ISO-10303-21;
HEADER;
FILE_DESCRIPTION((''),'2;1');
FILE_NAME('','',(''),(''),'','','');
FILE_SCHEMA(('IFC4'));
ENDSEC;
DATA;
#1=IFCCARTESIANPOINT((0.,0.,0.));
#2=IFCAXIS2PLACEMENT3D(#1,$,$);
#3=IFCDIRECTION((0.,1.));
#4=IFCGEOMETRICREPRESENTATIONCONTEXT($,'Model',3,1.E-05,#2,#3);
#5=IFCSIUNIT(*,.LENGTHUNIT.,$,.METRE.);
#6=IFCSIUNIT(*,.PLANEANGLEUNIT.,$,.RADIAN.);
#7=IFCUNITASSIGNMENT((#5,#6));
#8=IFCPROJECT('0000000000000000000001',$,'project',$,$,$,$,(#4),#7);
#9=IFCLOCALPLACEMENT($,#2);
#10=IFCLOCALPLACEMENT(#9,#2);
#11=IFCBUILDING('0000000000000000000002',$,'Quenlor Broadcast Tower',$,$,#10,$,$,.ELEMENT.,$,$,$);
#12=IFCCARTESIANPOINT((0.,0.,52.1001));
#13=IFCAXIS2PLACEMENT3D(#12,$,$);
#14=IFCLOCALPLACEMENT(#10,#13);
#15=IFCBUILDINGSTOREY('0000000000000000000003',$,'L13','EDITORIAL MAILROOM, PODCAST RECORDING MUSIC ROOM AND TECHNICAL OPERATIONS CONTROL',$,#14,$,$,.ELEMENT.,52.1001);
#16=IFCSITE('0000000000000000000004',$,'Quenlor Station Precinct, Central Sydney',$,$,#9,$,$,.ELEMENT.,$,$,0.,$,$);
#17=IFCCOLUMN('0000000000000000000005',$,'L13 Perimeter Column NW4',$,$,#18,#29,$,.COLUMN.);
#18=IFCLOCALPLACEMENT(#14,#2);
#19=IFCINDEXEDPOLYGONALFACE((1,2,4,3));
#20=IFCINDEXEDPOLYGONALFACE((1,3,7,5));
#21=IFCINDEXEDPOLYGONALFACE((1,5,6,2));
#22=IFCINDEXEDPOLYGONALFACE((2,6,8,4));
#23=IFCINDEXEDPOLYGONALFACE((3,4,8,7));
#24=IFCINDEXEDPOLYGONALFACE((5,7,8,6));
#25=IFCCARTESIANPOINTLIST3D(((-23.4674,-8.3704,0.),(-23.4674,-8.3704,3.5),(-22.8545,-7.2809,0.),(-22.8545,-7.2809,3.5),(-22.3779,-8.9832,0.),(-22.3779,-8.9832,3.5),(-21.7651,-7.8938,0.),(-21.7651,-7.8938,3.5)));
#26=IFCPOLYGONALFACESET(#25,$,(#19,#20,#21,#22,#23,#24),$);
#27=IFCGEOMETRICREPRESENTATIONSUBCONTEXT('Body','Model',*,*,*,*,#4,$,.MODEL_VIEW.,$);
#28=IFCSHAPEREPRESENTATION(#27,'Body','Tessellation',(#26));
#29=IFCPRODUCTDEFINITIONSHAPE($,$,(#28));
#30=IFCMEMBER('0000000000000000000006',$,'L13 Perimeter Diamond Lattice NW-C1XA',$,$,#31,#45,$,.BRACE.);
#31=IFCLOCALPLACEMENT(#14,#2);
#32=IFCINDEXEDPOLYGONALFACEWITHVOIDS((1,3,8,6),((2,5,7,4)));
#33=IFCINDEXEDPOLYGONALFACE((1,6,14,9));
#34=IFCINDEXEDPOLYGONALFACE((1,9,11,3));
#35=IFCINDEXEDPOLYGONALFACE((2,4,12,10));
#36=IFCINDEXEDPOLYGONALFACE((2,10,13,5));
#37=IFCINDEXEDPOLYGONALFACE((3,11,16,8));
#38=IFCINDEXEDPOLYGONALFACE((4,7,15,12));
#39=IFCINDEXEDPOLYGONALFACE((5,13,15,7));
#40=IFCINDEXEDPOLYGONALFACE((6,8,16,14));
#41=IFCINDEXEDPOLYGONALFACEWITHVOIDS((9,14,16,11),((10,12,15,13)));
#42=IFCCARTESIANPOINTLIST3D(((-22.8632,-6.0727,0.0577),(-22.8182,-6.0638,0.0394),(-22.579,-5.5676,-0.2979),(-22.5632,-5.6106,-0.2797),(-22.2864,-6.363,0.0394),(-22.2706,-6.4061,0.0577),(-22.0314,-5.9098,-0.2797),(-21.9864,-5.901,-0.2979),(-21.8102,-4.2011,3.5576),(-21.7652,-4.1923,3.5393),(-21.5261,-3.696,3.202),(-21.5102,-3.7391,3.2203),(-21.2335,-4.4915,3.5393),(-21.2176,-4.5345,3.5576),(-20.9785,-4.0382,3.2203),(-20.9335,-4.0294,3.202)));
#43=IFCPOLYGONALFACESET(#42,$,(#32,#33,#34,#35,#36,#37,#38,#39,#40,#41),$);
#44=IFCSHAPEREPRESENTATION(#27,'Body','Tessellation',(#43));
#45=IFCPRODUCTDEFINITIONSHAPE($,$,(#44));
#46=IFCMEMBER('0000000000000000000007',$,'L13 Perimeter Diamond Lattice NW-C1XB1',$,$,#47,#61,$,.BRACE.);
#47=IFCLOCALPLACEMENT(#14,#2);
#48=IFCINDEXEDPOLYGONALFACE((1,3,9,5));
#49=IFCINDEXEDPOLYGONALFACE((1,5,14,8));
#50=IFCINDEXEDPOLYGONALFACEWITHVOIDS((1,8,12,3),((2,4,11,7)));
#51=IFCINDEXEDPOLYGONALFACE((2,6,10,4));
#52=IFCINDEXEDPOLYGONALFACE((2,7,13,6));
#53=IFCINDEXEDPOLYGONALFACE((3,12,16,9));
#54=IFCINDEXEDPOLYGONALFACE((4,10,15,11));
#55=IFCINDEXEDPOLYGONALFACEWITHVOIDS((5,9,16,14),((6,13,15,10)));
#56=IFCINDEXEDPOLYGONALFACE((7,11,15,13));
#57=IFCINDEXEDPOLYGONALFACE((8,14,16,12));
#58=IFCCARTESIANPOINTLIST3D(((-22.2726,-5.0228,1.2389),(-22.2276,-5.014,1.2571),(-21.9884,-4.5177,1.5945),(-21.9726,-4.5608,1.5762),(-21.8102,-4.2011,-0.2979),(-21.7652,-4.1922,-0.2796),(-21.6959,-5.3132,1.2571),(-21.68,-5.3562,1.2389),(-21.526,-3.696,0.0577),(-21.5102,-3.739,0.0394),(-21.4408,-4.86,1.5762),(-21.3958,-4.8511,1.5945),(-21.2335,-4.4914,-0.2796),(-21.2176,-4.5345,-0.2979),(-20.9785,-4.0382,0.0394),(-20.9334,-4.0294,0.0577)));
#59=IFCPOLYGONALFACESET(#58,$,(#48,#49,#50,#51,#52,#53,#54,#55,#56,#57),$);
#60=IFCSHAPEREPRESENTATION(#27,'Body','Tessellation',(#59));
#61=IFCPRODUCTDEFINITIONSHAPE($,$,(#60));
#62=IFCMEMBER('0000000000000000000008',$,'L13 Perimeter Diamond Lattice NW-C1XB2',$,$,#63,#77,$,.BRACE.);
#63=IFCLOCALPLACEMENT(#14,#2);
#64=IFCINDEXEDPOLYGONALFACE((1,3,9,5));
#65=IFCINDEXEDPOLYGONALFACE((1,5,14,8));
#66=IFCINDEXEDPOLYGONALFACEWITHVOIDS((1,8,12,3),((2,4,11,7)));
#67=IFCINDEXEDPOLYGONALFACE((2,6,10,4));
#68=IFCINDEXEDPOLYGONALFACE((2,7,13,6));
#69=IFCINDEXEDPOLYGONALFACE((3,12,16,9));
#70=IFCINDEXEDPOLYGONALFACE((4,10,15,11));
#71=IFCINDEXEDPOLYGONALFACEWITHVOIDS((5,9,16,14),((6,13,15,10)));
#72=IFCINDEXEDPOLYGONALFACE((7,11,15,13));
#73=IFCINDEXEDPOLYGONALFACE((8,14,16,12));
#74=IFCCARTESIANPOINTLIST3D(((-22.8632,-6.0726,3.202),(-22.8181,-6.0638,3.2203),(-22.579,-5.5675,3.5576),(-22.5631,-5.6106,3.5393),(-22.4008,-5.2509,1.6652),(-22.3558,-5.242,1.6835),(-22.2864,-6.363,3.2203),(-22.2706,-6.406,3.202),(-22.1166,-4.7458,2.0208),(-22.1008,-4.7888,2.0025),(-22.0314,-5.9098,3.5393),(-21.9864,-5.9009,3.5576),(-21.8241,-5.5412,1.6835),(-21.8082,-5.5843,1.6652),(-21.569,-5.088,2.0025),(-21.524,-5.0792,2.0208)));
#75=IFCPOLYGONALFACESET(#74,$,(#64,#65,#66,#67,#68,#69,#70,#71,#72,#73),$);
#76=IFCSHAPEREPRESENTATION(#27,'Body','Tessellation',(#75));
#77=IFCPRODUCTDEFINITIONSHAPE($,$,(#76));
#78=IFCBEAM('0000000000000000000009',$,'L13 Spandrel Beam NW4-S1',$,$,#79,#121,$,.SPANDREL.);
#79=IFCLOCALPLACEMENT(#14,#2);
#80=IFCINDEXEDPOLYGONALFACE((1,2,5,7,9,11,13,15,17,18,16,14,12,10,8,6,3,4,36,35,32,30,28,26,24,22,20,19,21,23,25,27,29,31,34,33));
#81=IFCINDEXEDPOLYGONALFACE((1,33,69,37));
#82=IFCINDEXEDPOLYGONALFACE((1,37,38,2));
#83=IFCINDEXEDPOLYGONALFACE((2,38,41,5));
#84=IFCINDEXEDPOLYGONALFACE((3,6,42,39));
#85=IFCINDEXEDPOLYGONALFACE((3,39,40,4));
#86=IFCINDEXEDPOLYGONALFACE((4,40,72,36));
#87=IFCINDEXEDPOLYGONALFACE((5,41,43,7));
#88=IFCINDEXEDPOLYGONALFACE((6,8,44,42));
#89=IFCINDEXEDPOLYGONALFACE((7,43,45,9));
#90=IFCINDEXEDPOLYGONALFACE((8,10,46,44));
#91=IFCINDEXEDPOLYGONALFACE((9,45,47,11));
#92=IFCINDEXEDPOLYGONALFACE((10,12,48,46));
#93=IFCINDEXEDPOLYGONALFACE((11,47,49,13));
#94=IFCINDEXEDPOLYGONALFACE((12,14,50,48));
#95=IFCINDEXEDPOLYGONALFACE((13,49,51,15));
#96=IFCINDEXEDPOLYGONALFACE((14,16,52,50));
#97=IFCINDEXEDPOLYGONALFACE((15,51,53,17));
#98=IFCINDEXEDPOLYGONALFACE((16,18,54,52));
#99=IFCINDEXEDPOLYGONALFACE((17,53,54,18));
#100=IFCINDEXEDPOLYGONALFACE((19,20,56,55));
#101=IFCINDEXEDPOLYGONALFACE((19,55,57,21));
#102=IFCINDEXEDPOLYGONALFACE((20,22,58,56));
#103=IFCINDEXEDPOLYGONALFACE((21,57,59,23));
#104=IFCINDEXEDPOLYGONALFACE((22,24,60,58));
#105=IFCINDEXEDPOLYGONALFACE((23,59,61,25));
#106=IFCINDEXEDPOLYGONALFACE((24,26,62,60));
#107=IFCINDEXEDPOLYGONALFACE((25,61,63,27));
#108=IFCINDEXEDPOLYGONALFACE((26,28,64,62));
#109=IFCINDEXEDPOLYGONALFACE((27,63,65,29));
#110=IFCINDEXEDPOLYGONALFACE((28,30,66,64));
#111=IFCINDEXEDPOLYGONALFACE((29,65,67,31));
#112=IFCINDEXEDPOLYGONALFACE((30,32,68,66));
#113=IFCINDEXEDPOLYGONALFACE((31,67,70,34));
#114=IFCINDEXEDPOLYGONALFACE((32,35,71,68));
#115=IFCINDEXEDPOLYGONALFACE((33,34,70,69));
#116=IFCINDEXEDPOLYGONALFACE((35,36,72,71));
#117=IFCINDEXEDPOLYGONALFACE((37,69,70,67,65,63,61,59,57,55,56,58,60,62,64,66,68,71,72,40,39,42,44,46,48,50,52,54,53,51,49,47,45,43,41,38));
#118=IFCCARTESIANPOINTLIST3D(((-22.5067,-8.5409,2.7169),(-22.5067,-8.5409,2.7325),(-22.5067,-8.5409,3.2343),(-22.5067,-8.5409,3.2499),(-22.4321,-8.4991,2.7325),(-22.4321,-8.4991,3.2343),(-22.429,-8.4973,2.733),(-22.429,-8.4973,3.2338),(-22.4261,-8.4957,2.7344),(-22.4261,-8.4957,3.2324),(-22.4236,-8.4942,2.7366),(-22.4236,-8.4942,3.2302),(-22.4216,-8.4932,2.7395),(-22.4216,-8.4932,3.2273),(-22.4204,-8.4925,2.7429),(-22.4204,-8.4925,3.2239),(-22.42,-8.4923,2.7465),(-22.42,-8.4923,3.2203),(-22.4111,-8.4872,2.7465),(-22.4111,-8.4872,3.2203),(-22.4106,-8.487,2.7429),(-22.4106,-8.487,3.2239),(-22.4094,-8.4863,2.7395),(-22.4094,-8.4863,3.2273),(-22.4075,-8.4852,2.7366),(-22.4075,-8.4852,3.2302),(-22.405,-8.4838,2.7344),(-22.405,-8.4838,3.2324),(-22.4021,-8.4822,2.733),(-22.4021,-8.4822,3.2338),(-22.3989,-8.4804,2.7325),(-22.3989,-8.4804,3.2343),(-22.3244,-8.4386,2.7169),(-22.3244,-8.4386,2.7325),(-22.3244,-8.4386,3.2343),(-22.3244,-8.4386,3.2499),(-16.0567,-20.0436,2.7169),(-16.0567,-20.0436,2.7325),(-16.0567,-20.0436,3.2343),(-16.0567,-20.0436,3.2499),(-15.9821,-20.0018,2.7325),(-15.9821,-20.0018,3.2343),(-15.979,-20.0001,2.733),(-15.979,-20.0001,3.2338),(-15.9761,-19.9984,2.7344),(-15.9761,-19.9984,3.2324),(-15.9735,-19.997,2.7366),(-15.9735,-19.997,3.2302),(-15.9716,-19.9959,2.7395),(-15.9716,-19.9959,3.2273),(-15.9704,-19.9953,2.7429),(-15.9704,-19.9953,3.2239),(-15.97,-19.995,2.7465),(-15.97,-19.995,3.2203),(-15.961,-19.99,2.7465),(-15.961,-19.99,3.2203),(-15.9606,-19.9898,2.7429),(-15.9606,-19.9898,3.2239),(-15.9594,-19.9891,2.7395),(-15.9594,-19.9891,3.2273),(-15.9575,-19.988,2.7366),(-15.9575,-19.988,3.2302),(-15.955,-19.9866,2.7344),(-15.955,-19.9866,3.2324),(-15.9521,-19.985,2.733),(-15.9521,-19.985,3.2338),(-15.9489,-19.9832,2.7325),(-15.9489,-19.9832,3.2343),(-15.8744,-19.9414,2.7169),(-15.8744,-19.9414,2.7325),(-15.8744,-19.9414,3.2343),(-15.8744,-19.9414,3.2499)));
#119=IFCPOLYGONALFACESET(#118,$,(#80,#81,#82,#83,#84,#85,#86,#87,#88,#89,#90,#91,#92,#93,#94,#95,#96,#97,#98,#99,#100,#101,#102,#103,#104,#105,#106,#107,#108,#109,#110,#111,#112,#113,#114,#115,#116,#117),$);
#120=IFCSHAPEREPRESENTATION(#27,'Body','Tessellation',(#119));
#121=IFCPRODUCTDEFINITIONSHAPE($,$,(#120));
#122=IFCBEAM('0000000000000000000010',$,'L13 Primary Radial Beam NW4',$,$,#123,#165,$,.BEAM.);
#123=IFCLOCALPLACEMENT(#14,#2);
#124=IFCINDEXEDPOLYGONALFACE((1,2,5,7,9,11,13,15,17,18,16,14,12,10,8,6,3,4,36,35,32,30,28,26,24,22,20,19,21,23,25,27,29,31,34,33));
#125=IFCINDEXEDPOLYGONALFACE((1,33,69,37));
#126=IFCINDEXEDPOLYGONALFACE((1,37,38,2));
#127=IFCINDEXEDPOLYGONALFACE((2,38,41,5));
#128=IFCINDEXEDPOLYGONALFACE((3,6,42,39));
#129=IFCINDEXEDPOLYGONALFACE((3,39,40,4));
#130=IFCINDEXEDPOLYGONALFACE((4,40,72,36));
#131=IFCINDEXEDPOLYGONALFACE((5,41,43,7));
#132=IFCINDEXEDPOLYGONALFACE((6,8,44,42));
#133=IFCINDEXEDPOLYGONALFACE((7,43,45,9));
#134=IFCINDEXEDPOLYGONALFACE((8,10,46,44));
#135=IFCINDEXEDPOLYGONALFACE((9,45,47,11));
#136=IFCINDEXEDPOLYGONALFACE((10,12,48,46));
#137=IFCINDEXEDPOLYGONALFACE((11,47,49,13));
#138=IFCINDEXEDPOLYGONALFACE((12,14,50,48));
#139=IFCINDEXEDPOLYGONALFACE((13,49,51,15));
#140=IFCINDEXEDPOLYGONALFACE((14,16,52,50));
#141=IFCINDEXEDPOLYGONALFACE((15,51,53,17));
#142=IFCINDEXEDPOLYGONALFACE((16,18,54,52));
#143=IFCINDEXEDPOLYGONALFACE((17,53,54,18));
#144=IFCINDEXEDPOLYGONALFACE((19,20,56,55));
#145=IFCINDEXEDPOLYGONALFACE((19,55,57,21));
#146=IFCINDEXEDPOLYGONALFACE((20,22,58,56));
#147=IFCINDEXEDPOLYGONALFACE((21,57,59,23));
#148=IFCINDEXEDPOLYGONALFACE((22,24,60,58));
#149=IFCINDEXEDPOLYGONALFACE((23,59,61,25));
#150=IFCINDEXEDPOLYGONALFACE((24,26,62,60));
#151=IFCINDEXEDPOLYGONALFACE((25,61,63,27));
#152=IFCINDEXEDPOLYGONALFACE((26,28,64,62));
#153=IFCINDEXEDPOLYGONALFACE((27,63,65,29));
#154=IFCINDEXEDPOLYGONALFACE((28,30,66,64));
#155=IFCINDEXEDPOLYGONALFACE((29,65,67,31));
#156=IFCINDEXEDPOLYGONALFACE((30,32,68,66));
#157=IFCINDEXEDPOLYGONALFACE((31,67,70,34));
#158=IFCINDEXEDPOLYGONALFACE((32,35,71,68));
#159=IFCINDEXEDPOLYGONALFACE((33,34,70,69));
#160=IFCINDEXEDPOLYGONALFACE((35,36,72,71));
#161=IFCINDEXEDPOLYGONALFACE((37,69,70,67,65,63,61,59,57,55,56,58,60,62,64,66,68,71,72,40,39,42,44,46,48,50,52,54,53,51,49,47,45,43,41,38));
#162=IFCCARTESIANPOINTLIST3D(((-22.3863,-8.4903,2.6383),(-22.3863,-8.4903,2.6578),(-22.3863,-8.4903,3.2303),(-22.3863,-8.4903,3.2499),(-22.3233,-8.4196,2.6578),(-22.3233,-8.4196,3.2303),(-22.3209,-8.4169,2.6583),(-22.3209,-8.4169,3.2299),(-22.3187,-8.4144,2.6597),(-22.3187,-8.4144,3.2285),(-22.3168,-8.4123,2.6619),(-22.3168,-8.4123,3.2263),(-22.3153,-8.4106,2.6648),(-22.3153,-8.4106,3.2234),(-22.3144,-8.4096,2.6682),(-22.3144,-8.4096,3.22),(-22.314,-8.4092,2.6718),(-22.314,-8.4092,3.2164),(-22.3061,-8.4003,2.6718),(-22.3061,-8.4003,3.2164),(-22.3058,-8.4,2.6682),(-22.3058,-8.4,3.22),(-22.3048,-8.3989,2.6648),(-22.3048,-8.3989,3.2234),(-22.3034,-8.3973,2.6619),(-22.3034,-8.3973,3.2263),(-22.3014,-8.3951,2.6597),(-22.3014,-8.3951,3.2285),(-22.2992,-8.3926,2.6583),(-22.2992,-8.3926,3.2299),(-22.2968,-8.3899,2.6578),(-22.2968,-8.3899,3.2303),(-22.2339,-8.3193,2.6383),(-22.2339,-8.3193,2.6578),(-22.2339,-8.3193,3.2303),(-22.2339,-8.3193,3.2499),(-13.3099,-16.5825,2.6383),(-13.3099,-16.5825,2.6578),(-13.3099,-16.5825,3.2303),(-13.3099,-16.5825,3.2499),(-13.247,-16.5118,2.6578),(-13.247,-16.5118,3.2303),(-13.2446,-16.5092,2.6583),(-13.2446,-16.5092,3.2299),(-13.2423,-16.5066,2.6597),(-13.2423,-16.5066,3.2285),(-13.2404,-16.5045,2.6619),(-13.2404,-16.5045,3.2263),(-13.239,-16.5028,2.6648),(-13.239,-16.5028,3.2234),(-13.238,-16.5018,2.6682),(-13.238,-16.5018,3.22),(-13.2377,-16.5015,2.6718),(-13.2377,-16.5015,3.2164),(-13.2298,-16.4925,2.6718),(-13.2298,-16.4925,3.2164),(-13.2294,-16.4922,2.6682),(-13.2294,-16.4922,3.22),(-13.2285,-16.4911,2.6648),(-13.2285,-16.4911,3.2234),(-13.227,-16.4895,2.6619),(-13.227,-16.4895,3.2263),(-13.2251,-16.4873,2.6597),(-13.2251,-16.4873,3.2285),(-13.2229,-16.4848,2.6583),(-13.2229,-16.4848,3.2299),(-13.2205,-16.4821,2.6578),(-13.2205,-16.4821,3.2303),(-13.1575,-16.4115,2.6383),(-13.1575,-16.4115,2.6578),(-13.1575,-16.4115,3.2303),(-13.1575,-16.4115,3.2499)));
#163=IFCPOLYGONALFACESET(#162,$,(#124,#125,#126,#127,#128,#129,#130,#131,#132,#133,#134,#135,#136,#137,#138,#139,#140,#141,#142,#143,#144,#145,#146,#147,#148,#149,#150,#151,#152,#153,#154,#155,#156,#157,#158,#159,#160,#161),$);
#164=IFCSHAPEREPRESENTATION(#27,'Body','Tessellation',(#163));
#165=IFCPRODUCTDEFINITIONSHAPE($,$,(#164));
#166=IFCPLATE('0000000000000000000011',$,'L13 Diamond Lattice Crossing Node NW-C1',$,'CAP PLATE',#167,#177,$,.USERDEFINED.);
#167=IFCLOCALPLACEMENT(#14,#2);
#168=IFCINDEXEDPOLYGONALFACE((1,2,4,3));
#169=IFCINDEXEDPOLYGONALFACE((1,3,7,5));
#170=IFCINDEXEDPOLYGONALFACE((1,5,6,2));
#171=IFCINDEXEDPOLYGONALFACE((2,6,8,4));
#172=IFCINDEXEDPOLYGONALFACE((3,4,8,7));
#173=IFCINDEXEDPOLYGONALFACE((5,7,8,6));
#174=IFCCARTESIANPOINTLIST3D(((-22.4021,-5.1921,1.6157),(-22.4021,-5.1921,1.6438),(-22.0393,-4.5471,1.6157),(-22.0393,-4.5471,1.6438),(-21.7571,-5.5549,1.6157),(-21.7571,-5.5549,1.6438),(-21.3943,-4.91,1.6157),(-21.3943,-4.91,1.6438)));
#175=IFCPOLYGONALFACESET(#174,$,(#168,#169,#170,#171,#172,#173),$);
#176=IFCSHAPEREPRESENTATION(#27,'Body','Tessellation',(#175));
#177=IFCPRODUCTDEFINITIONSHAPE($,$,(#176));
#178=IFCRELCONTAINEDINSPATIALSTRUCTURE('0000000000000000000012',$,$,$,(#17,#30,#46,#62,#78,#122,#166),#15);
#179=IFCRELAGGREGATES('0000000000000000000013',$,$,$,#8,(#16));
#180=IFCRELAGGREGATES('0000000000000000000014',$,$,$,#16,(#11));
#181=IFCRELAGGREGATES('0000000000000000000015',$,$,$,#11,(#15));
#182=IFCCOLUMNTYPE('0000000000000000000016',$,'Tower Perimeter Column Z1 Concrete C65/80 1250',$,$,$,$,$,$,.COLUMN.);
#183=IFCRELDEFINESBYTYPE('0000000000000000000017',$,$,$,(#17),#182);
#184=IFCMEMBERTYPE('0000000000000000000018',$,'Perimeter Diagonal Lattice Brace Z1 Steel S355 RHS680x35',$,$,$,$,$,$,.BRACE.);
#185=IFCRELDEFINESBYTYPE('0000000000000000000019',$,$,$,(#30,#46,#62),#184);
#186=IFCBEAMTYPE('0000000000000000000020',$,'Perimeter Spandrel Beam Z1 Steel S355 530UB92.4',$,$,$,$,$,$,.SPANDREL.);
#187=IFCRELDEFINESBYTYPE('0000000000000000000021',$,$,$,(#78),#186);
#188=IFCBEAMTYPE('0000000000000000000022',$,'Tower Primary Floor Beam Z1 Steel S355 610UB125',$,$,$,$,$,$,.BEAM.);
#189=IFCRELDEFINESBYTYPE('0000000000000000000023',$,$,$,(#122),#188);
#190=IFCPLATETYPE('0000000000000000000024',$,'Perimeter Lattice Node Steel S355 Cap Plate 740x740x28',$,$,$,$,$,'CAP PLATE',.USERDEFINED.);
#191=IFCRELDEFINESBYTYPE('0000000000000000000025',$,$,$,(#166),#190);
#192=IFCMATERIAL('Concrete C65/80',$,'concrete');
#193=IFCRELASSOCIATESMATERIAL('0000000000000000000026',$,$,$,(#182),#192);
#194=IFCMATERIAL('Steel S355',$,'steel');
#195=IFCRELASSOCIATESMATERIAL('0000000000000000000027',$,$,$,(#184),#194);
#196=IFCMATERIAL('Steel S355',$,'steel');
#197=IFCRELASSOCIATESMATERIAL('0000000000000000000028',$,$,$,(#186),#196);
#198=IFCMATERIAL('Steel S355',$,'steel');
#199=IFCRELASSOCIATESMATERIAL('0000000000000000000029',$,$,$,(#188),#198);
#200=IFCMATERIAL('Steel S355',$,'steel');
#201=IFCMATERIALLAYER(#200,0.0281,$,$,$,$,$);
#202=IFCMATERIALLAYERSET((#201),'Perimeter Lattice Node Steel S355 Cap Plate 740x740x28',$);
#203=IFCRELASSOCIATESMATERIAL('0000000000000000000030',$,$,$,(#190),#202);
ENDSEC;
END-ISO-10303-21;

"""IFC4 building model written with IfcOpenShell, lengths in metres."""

from ifc_helpers import new_model, si_unit, direction, frame, origin, origin_2d, place, context, subcontext, project, spatial, rectangle, hollow_rectangle, i_section, extrude, material, layer, layer_set, material_profile, profile_set, type_object, element, save


model = new_model("IFC4")

# Units and contexts
model_context = context("Model", 3, precision=1e-05, world=origin(), true_north=direction((0.0, 1.0)))
body_context = subcontext(model_context, "Body", "Model", "MODEL_VIEW")
ifc_project = project(units=[si_unit("LENGTHUNIT", "METRE"), si_unit("PLANEANGLEUNIT", "RADIAN")], contexts=[model_context])

# Site, building, storey
site_placement = place(None, origin())
site = spatial("IfcSite", under=ifc_project, at=site_placement, Name="Quenlor Station Precinct, Central Sydney", CompositionType="ELEMENT", RefElevation=0.0)
building_placement = place(site_placement, origin())
building = spatial("IfcBuilding", under=site, at=building_placement, Name="Quenlor Broadcast Tower", CompositionType="ELEMENT")
storey_placement = place(building_placement, frame((0.0, 0.0, 52.1001)))
storey = spatial("IfcBuildingStorey", under=building, at=storey_placement, Name="L13", Description="EDITORIAL MAILROOM, PODCAST RECORDING MUSIC ROOM AND TECHNICAL OPERATIONS CONTROL", CompositionType="ELEMENT", Elevation=52.1001)

# Column
ifc_material_1 = material(Name="Concrete C65/80", Category="concrete")
ifc_material_profile_1 = material_profile(ifc_material_1, rectangle(XDim=1.25, YDim=1.25, at=origin_2d()))
ifc_profile_set_1 = profile_set([ifc_material_profile_1], Name="Concrete C65/80 RC1250x1250")
column_type = type_object("IfcColumnType", Name="Tower Perimeter Column Z1 Concrete C65/80 1250", PredefinedType="COLUMN", material=ifc_profile_set_1)
column_placement = place(storey_placement, frame((-22.6162, -8.1321, 0.0), z_axis=(0.0, 0.0, 1.0), x_axis=(-0.871575, 0.490262, 0.0)))
element("IfcColumn", 1, at=column_placement, inside=storey, type_object=column_type, Name="L13 Perimeter Column NW4", PredefinedType="COLUMN", context=body_context, shape_type="SweptSolid", body=[
    extrude(rectangle(XDim=1.25, YDim=1.25, at=origin_2d()), origin(), (0.0, 0.0, 1.0), 3.5),
])

# Members
ifc_material_2 = material(Name="Steel S355", Category="steel")
ifc_material_profile_2 = material_profile(ifc_material_2, hollow_rectangle(XDim=0.6799, YDim=0.6799, WallThickness=0.0349, at=origin_2d()))
ifc_profile_set_2 = profile_set([ifc_material_profile_2], Name="Steel S355 RHS680x680x35")
member_type = type_object("IfcMemberType", Name="Perimeter Diagonal Lattice Brace Z1 Steel S355 RHS680x35", PredefinedType="BRACE", material=ifc_profile_set_2)
member_placement = place(storey_placement, frame((-22.4248, -5.9868, -0.1201), z_axis=(0.256431, 0.455785, 0.852352), x_axis=(-0.871533, 0.490337, 0.0)))
element("IfcMember", 2, at=member_placement, inside=storey, type_object=member_type, Name="L13 Perimeter Diamond Lattice NW-C1XA", PredefinedType="BRACE", context=body_context, shape_type="SweptSolid", body=[
    extrude(hollow_rectangle(XDim=0.6799, YDim=0.6799, WallThickness=0.0349, at=origin_2d()), origin(), (0.0, 0.0, 1.0), 4.1062),
])
for number, where, z_axis, x_axis, name in (
    (3, (-21.3718, -4.1152, -0.1201), (-0.256452, -0.455764, 0.852357), (0.871506, -0.490384, 0.0), "L13 Perimeter Diamond Lattice NW-C1XB1"),
    (4, (-21.9624, -5.165, 1.843), (-0.256452, -0.455764, 0.852357), (0.871506, -0.490384, 0.0), "L13 Perimeter Diamond Lattice NW-C1XB2"),
):
    element("IfcMember", number, at=place(storey_placement, frame(where, z_axis=z_axis, x_axis=x_axis)), inside=storey, type_object=member_type, Name=name, PredefinedType="BRACE", context=body_context, shape_type="SweptSolid", body=[
        extrude(hollow_rectangle(XDim=0.6799, YDim=0.6799, WallThickness=0.0349, at=origin_2d()), origin(), (0.0, 0.0, 1.0), 1.803),
    ])

# Beams
ifc_material_3 = material(Name="Steel S355", Category="steel")
ifc_material_profile_3 = material_profile(ifc_material_3, i_section(OverallWidth=0.209, OverallDepth=0.533, WebThickness=0.0103, FlangeThickness=0.0156, FilletRadius=0.0139, at=origin_2d()))
ifc_profile_set_3 = profile_set([ifc_material_profile_3], Name="Steel S355 530UB92.4")
beam_type_1 = type_object("IfcBeamType", Name="Perimeter Spandrel Beam Z1 Steel S355 530UB92.4", PredefinedType="SPANDREL", material=ifc_profile_set_3)
beam_1_placement = place(storey_placement, frame((-22.4155, -8.4897, 2.9834), z_axis=(0.489091, -0.872233, 0.0), x_axis=(0.872233, 0.489091, 0.0)))
element("IfcBeam", 5, at=beam_1_placement, inside=storey, type_object=beam_type_1, Name="L13 Spandrel Beam NW4-S1", PredefinedType="SPANDREL", context=body_context, shape_type="SweptSolid", body=[
    extrude(i_section(OverallWidth=0.209, OverallDepth=0.533, WebThickness=0.0103, FlangeThickness=0.0156, FilletRadius=0.0139, at=origin_2d()), origin(), (0.0, 0.0, 1.0), 13.1877),
])
ifc_material_4 = material(Name="Steel S355", Category="steel")
ifc_material_profile_4 = material_profile(ifc_material_4, i_section(OverallWidth=0.229, OverallDepth=0.6116, WebThickness=0.012, FlangeThickness=0.0195, FilletRadius=0.0139, at=origin_2d()))
ifc_profile_set_4 = profile_set([ifc_material_profile_4], Name="Steel S355 610UB125")
beam_type_2 = type_object("IfcBeamType", Name="Tower Primary Floor Beam Z1 Steel S355 610UB125", PredefinedType="BEAM", material=ifc_profile_set_4)
beam_2_placement = place(storey_placement, frame((-22.3101, -8.4048, 2.9441), z_axis=(0.746414, -0.665482, 0.0), x_axis=(0.665482, 0.746414, 0.0)))
element("IfcBeam", 6, at=beam_2_placement, inside=storey, type_object=beam_type_2, Name="L13 Primary Radial Beam NW4", PredefinedType="BEAM", context=body_context, shape_type="SweptSolid", body=[
    extrude(i_section(OverallWidth=0.229, OverallDepth=0.6116, WebThickness=0.012, FlangeThickness=0.0195, FilletRadius=0.0139, at=origin_2d()), origin(), (0.0, 0.0, 1.0), 12.1599),
])

# Plate
ifc_material_5 = material(Name="Steel S355", Category="steel")
ifc_layer_1 = layer(ifc_material_5, 0.0281)
ifc_layer_set_1 = layer_set([ifc_layer_1], Name="Perimeter Lattice Node Steel S355 Cap Plate 740x740x28")
plate_type_1 = type_object("IfcPlateType", Name="Perimeter Lattice Node Steel S355 Cap Plate 740x740x28", ElementType="CAP PLATE", PredefinedType="USERDEFINED", material=ifc_layer_set_1)
plate_placement = place(storey_placement, frame((-21.8982, -5.051, 1.6157), z_axis=(0.0, 0.0, 1.0), x_axis=(0.490295, 0.871556, 0.0)))
element("IfcPlate", 7, at=plate_placement, inside=storey, type_object=plate_type_1, Name="L13 Diamond Lattice Crossing Node NW-C1", ObjectType="CAP PLATE", PredefinedType="USERDEFINED", context=body_context, shape_type="SweptSolid", body=[
    extrude(rectangle(XDim=0.74, YDim=0.74, at=origin_2d()), origin(), (0.0, 0.0, 1.0), 0.0281),
])

save(model, "model.ifc")
